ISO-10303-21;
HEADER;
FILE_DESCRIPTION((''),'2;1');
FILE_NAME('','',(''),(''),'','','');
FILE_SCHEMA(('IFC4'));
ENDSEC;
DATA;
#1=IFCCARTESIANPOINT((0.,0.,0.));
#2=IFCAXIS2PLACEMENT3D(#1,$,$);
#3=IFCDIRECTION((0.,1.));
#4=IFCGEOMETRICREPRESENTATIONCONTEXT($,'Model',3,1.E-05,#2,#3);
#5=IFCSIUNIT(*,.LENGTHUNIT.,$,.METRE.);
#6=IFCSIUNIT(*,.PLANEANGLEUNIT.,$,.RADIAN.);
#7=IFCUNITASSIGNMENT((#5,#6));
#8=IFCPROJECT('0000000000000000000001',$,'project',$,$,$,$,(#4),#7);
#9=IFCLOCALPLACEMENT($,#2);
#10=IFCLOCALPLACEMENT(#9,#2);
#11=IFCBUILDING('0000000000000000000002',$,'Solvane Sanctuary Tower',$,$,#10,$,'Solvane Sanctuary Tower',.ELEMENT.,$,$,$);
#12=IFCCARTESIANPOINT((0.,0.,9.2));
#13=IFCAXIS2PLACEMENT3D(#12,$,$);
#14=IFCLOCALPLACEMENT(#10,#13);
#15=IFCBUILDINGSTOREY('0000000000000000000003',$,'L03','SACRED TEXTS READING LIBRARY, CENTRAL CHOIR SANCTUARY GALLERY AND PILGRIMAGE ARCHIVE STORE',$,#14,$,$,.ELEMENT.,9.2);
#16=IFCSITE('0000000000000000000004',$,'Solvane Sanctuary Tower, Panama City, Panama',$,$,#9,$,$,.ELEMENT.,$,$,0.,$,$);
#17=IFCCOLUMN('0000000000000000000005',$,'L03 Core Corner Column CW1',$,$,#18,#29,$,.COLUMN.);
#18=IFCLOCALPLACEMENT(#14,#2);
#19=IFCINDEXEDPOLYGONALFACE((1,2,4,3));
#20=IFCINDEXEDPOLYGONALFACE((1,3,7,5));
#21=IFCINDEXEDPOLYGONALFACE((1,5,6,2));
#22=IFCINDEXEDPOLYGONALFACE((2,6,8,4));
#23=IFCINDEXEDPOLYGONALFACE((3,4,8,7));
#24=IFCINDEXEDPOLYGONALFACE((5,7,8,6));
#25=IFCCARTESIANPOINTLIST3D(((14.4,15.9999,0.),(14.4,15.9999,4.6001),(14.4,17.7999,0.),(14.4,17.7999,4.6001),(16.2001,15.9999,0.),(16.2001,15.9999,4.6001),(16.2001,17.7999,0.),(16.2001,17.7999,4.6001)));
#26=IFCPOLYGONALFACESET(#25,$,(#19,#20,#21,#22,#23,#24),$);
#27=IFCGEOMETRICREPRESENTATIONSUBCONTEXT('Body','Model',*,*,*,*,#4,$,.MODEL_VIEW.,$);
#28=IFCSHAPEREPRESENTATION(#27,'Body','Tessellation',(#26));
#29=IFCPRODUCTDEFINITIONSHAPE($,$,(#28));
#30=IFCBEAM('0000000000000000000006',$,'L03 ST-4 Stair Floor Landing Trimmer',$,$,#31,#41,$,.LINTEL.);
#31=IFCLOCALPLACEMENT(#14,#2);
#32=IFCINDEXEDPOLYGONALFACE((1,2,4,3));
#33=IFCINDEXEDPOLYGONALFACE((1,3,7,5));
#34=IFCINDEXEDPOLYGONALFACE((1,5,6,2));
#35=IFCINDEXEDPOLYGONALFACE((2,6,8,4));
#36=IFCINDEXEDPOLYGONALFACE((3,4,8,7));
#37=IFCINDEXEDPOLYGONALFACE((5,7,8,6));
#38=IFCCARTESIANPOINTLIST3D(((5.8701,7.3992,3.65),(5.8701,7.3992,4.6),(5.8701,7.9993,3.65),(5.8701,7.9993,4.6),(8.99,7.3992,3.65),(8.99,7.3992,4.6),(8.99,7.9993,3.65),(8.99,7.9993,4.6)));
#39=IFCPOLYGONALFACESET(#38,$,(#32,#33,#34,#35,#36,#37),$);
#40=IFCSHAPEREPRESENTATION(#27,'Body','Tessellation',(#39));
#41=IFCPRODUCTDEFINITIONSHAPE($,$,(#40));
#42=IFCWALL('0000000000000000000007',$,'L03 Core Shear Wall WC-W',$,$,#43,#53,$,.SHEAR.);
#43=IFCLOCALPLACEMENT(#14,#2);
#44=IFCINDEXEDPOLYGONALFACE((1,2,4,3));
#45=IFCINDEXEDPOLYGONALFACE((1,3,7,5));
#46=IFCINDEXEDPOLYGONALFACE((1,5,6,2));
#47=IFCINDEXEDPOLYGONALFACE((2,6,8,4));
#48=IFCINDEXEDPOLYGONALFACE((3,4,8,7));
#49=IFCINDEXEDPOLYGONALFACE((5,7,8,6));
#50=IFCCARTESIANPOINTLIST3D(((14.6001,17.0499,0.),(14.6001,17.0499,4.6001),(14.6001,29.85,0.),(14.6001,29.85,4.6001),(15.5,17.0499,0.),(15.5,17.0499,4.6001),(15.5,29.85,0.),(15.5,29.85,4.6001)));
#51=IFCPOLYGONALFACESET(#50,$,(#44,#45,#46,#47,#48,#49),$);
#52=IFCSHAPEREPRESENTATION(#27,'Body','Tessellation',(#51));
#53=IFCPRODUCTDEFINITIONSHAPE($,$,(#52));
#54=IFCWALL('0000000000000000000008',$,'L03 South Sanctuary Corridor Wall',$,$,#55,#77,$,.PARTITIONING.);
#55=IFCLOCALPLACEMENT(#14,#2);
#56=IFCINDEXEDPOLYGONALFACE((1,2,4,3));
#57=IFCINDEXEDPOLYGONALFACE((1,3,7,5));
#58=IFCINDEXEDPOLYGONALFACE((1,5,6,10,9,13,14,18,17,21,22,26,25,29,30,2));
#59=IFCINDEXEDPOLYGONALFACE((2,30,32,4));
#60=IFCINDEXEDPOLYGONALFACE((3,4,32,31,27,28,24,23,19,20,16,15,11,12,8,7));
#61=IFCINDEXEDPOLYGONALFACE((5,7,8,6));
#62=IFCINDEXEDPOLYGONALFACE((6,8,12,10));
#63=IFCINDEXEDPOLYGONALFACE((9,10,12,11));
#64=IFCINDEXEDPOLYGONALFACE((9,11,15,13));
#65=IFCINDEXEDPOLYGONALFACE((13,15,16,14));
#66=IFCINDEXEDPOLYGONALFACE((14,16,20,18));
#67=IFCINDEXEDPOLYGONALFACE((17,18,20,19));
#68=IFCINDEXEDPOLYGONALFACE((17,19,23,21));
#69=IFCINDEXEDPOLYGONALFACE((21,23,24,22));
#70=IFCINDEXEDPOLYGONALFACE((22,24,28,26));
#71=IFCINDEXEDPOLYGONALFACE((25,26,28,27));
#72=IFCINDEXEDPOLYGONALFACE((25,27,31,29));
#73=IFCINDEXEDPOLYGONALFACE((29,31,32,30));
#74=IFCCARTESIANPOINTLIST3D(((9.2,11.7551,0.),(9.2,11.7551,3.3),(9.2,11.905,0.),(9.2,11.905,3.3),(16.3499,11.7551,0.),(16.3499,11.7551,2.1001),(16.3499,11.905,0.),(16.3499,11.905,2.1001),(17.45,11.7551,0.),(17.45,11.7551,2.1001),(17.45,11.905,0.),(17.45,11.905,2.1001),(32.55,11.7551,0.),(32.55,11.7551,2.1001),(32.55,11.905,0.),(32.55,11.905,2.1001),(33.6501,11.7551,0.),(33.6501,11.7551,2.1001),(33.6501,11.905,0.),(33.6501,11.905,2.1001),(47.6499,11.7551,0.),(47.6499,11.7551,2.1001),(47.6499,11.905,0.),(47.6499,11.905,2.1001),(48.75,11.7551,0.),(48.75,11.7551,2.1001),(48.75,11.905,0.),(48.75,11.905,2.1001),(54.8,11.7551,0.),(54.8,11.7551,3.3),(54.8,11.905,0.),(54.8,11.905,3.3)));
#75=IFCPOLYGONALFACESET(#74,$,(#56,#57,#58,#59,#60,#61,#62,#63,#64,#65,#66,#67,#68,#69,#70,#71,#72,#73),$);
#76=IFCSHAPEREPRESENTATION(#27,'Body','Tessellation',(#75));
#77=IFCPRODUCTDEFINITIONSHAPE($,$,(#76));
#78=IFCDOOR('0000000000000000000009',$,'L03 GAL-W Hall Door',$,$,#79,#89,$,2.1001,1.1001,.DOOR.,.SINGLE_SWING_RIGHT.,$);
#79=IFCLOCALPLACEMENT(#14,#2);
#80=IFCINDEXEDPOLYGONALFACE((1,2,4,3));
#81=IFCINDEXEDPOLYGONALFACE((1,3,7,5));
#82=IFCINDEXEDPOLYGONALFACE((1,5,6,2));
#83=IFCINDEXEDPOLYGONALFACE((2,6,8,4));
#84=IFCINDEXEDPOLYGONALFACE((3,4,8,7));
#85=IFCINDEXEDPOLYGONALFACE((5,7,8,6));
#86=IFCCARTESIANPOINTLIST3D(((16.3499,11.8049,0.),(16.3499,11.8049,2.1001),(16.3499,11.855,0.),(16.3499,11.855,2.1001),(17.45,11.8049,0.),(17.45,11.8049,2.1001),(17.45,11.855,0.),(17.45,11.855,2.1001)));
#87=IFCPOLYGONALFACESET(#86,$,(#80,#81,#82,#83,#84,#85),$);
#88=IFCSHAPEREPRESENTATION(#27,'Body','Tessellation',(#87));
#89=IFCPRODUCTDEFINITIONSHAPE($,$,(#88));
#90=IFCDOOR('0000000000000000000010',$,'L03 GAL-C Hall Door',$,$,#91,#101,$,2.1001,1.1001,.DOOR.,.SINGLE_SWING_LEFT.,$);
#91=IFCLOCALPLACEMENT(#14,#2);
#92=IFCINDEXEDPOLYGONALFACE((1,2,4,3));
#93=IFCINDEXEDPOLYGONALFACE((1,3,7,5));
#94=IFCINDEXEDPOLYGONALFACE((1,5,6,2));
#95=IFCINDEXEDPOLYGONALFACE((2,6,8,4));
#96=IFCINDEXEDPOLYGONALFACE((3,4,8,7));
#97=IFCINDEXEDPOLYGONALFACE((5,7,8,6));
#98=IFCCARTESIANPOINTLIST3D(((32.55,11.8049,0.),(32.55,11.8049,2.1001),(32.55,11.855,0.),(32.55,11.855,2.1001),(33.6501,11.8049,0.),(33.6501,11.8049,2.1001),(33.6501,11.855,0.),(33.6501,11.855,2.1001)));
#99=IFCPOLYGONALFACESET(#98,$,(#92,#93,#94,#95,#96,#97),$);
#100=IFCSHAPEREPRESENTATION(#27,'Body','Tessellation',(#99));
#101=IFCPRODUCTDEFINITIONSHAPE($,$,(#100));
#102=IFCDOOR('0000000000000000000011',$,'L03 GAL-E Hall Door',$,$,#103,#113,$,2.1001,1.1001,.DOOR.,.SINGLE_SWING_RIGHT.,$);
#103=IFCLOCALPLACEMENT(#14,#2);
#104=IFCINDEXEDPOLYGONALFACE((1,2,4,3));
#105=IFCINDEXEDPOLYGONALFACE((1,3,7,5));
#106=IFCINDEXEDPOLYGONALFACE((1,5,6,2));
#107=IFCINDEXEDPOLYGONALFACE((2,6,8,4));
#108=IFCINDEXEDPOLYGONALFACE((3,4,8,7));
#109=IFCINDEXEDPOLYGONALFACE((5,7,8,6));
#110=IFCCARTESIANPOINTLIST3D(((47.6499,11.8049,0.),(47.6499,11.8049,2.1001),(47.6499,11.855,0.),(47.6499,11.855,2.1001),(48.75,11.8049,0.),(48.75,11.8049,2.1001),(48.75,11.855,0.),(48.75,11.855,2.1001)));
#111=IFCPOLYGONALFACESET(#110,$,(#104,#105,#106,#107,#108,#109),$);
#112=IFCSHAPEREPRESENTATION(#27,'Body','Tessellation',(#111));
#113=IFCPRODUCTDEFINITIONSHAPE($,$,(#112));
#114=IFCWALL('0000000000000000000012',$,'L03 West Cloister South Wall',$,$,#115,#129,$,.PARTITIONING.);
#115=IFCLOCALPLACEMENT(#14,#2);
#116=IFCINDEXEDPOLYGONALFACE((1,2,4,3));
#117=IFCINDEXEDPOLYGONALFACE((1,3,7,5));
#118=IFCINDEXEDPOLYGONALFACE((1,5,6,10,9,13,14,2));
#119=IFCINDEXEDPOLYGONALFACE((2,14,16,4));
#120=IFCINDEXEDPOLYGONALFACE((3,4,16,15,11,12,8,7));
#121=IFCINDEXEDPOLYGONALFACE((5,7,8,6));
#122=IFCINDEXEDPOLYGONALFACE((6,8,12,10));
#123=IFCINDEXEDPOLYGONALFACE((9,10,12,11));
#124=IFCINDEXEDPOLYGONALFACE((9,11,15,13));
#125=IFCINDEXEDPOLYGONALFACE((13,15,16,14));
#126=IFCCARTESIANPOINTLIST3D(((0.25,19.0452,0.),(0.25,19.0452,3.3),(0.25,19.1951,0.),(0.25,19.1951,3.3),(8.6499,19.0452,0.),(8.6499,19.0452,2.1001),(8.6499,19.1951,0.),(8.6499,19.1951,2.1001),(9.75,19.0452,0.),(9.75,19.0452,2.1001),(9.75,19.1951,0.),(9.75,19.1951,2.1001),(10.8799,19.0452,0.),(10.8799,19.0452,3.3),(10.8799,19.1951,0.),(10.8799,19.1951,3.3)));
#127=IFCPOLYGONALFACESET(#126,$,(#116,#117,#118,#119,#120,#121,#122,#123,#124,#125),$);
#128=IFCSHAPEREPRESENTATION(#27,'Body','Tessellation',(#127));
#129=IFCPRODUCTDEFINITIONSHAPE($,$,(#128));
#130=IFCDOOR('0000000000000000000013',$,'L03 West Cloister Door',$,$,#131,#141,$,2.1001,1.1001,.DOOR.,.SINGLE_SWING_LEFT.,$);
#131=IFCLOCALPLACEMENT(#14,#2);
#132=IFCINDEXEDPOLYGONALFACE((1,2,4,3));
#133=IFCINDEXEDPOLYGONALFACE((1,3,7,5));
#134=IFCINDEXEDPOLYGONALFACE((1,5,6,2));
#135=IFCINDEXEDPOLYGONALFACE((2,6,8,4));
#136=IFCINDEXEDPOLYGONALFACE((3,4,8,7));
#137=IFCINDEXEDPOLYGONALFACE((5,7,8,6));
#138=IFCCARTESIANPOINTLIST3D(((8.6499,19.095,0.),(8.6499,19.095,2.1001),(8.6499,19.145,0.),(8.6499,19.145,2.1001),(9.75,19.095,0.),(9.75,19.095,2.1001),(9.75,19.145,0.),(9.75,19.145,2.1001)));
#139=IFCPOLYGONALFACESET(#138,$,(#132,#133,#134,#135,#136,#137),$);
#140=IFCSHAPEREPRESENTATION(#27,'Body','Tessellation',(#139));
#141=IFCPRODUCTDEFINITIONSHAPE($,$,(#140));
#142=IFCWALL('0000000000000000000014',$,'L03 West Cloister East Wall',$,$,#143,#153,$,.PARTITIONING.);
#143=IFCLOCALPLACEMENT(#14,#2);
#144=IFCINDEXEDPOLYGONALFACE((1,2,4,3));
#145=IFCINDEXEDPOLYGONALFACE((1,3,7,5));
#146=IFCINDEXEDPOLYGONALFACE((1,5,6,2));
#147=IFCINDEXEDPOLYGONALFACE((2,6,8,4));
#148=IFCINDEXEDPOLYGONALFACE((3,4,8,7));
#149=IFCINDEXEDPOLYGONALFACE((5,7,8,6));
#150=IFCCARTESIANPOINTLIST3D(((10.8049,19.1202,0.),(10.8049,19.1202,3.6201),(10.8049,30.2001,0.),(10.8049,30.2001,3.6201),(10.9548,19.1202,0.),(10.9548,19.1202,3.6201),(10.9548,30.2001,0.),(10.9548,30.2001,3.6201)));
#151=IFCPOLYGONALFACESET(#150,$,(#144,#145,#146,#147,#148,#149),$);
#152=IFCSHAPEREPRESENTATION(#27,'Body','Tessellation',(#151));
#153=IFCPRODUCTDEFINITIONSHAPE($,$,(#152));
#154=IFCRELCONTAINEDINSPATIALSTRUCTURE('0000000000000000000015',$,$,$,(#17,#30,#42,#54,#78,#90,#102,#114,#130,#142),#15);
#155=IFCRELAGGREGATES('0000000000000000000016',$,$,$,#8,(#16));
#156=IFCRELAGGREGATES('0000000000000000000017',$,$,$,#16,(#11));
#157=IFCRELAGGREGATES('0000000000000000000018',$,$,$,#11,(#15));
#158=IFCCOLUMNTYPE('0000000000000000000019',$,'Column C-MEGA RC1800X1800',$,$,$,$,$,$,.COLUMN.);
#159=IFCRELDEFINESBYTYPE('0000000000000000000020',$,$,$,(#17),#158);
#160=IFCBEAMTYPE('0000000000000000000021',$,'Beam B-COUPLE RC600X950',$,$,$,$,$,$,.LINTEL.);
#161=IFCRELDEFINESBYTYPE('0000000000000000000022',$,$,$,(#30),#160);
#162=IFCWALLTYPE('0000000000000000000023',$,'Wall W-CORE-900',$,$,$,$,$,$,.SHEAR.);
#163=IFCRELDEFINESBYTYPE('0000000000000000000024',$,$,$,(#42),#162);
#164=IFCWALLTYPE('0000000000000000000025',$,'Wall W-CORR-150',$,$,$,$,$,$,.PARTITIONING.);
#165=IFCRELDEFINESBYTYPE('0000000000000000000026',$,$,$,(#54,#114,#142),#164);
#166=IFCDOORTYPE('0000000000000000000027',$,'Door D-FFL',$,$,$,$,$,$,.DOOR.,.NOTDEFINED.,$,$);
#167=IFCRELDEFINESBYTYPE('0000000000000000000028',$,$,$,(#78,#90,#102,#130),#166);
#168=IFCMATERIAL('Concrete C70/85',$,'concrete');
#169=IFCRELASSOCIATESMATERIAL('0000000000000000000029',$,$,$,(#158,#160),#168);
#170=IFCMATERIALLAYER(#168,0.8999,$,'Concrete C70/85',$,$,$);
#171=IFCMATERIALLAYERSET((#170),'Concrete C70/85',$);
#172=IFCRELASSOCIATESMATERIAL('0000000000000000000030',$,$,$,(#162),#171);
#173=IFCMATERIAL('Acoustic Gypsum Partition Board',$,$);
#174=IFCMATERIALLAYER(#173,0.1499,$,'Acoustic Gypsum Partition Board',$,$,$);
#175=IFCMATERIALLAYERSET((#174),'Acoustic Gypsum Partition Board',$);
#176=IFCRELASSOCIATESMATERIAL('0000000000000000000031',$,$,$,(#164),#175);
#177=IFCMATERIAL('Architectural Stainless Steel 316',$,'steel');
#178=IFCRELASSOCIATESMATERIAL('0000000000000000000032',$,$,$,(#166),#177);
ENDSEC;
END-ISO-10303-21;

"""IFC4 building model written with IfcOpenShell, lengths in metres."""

from ifc_helpers import new_model, si_unit, direction, frame, frame_2d, origin, origin_2d, place, context, subcontext, project, spatial, rectangle, extrude, material, layer, layer_set, material_profile, profile_set, type_object, element, fill, save


model = new_model("IFC4")

# Units and contexts
model_context = context("Model", 3, precision=1e-05, world=origin(), true_north=direction((0.0, 1.0)))
body_context = subcontext(model_context, "Body", "Model", "MODEL_VIEW")
ifc_project = project(units=[si_unit("LENGTHUNIT", "METRE"), si_unit("PLANEANGLEUNIT", "RADIAN")], contexts=[model_context])

# Site, building, storey
site_placement = place(None, origin())
site = spatial("IfcSite", under=ifc_project, at=site_placement, Name="Solvane Sanctuary Tower, Panama City, Panama", CompositionType="ELEMENT", RefElevation=0.0)
building_placement = place(site_placement, origin())
building = spatial("IfcBuilding", under=site, at=building_placement, Name="Solvane Sanctuary Tower", LongName="Solvane Sanctuary Tower", CompositionType="ELEMENT")
storey_placement = place(building_placement, frame((0.0, 0.0, 9.2)))
storey = spatial("IfcBuildingStorey", under=building, at=storey_placement, Name="L03", Description="SACRED TEXTS READING LIBRARY, CENTRAL CHOIR SANCTUARY GALLERY AND PILGRIMAGE ARCHIVE STORE", CompositionType="ELEMENT", Elevation=9.2)

# Column
ifc_material_1 = material(Name="Concrete C70/85", Category="concrete")
ifc_material_profile_1 = material_profile(ifc_material_1, rectangle(XDim=1.8, YDim=1.8, at=origin_2d()), Name="RC1800X1800")
ifc_profile_set_1 = profile_set([ifc_material_profile_1], Name="Concrete C70/85")
column_type = type_object("IfcColumnType", Name="Column C-MEGA RC1800X1800", PredefinedType="COLUMN", material=ifc_profile_set_1)
column_placement = place(storey_placement, frame((15.3, 16.8999, 0.0), z_axis=(0.0, 0.0, 1.0), x_axis=(1.0, 0.0, 0.0)))
element("IfcColumn", 1, at=column_placement, inside=storey, type_object=column_type, Name="L03 Core Corner Column CW1", PredefinedType="COLUMN", context=body_context, shape_type="SweptSolid", body=[
    extrude(rectangle(XDim=1.8, YDim=1.8, at=origin_2d()), origin(), (0.0, 0.0, 1.0), 4.6001),
])

# Beam
ifc_material_profile_2 = material_profile(ifc_material_1, rectangle(XDim=0.6001, YDim=0.95, at=origin_2d()), Name="RC600X950")
ifc_profile_set_2 = profile_set([ifc_material_profile_2], Name="Concrete C70/85")
beam_type = type_object("IfcBeamType", Name="Beam B-COUPLE RC600X950", PredefinedType="LINTEL", material=ifc_profile_set_2)
beam_placement = place(storey_placement, frame((5.8701, 7.6992, 4.125), z_axis=(1.0, 0.0, 0.0), x_axis=(0.0, 1.0, 0.0)))
element("IfcBeam", 2, at=beam_placement, inside=storey, type_object=beam_type, Name="L03 ST-4 Stair Floor Landing Trimmer", PredefinedType="LINTEL", context=body_context, shape_type="SweptSolid", body=[
    extrude(rectangle(XDim=0.6001, YDim=0.95, at=origin_2d()), origin(), (0.0, 0.0, 1.0), 3.1199),
])

# Wall
ifc_layer_1 = layer(ifc_material_1, 0.8999, Name="Concrete C70/85")
ifc_layer_set_1 = layer_set([ifc_layer_1], Name="Concrete C70/85")
wall_type_1 = type_object("IfcWallType", Name="Wall W-CORE-900", PredefinedType="SHEAR", material=ifc_layer_set_1)
wall_1_placement = place(storey_placement, frame((15.05, 17.05, 0.0), z_axis=(0.0, 0.0, 1.0), x_axis=(0.0, 1.0, 0.0)))
element("IfcWall", 3, at=wall_1_placement, inside=storey, type_object=wall_type_1, Name="L03 Core Shear Wall WC-W", PredefinedType="SHEAR", context=body_context, shape_type="SweptSolid", body=[
    extrude(rectangle(XDim=12.8, YDim=0.8999, at=frame_2d((6.3999, 0.0))), origin(), (0.0, 0.0, 1.0), 4.6001),
])

# Wall, openings, doors
ifc_material_2 = material(Name="Acoustic Gypsum Partition Board")
ifc_layer_2 = layer(ifc_material_2, 0.1499, Name="Acoustic Gypsum Partition Board")
ifc_layer_set_2 = layer_set([ifc_layer_2], Name="Acoustic Gypsum Partition Board")
wall_type_2 = type_object("IfcWallType", Name="Wall W-CORR-150", PredefinedType="PARTITIONING", material=ifc_layer_set_2)
wall_2_placement = place(storey_placement, frame((9.2, 11.8301, 0.0), z_axis=(0.0, 0.0, 1.0), x_axis=(1.0, 0.0, 0.0)))
wall_2 = element("IfcWall", 4, at=wall_2_placement, inside=storey, type_object=wall_type_2, Name="L03 South Sanctuary Corridor Wall", PredefinedType="PARTITIONING", context=body_context, shape_type="SweptSolid", body=[
    extrude(rectangle(XDim=45.6001, YDim=0.1499, at=frame_2d((22.8, 0.0))), origin(), (0.0, 0.0, 1.0), 3.3),
])
opening_1_placement = place(wall_2_placement, frame((7.1499, 0.0, 0.0)))
opening_1 = element("IfcOpeningElement", 5, at=opening_1_placement, cuts=wall_2, PredefinedType="OPENING", context=body_context, shape_type="SweptSolid", body=[
    extrude(rectangle(XDim=1.1001, YDim=2.1001, at=frame_2d((0.55, 1.05))), frame((0.0, 0.085, 0.0), z_axis=(0.0, -1.0, 0.0), x_axis=(1.0, 0.0, 0.0)), (0.0, 0.0, 1.0), 0.1699),
])
opening_2_placement = place(wall_2_placement, frame((23.3501, 0.0, 0.0)))
opening_2 = element("IfcOpeningElement", 6, at=opening_2_placement, cuts=wall_2, PredefinedType="OPENING", context=body_context, shape_type="SweptSolid", body=[
    extrude(rectangle(XDim=1.1001, YDim=2.1001, at=frame_2d((0.55, 1.05))), frame((0.0, 0.085, 0.0), z_axis=(0.0, -1.0, 0.0), x_axis=(1.0, 0.0, 0.0)), (0.0, 0.0, 1.0), 0.1699),
])
opening_3_placement = place(wall_2_placement, frame((38.45, 0.0, 0.0)))
opening_3 = element("IfcOpeningElement", 7, at=opening_3_placement, cuts=wall_2, PredefinedType="OPENING", context=body_context, shape_type="SweptSolid", body=[
    extrude(rectangle(XDim=1.1001, YDim=2.1001, at=frame_2d((0.55, 1.05))), frame((0.0, 0.085, 0.0), z_axis=(0.0, -1.0, 0.0), x_axis=(1.0, 0.0, 0.0)), (0.0, 0.0, 1.0), 0.1699),
])
ifc_material_3 = material(Name="Architectural Stainless Steel 316", Category="steel")
door_type_1 = type_object("IfcDoorType", Name="Door D-FFL", OperationType="NOTDEFINED", PredefinedType="DOOR", material=ifc_material_3)
door_1_placement = place(opening_1_placement, origin())
door_1 = element("IfcDoor", 8, at=door_1_placement, inside=storey, type_object=door_type_1, Name="L03 GAL-W Hall Door", OperationType="SINGLE_SWING_RIGHT", OverallHeight=2.1001, OverallWidth=1.1001, PredefinedType="DOOR", context=body_context, shape_type="SweptSolid", body=[
    extrude(rectangle(XDim=1.1001, YDim=2.1001, at=frame_2d((0.55, 1.05))), frame((0.0, 0.0249, 0.0), z_axis=(0.0, -1.0, 0.0), x_axis=(1.0, 0.0, 0.0)), (0.0, 0.0, 1.0), 0.05),
])
fill(opening_1, door_1)
door_2_placement = place(opening_2_placement, origin())
door_2 = element("IfcDoor", 9, at=door_2_placement, inside=storey, type_object=door_type_1, Name="L03 GAL-C Hall Door", OperationType="SINGLE_SWING_LEFT", OverallHeight=2.1001, OverallWidth=1.1001, PredefinedType="DOOR", context=body_context, shape_type="SweptSolid", body=[
    extrude(rectangle(XDim=1.1001, YDim=2.1001, at=frame_2d((0.55, 1.05))), frame((0.0, 0.0249, 0.0), z_axis=(0.0, -1.0, 0.0), x_axis=(1.0, 0.0, 0.0)), (0.0, 0.0, 1.0), 0.05),
])
fill(opening_2, door_2)
door_3_placement = place(opening_3_placement, origin())
door_3 = element("IfcDoor", 10, at=door_3_placement, inside=storey, type_object=door_type_1, Name="L03 GAL-E Hall Door", OperationType="SINGLE_SWING_RIGHT", OverallHeight=2.1001, OverallWidth=1.1001, PredefinedType="DOOR", context=body_context, shape_type="SweptSolid", body=[
    extrude(rectangle(XDim=1.1001, YDim=2.1001, at=frame_2d((0.55, 1.05))), frame((0.0, 0.0249, 0.0), z_axis=(0.0, -1.0, 0.0), x_axis=(1.0, 0.0, 0.0)), (0.0, 0.0, 1.0), 0.05),
])
fill(opening_3, door_3)

# Wall, opening, door
wall_3_placement = place(storey_placement, frame((0.25, 19.1201, 0.0), z_axis=(0.0, 0.0, 1.0), x_axis=(1.0, 0.0, 0.0)))
wall_3 = element("IfcWall", 11, at=wall_3_placement, inside=storey, type_object=wall_type_2, Name="L03 West Cloister South Wall", PredefinedType="PARTITIONING", context=body_context, shape_type="SweptSolid", body=[
    extrude(rectangle(XDim=10.6299, YDim=0.1499, at=frame_2d((5.3149, 0.0))), origin(), (0.0, 0.0, 1.0), 3.3),
])
opening_4_placement = place(wall_3_placement, frame((8.3999, 0.0, 0.0)))
opening_4 = element("IfcOpeningElement", 12, at=opening_4_placement, cuts=wall_3, PredefinedType="OPENING", context=body_context, shape_type="SweptSolid", body=[
    extrude(rectangle(XDim=1.1001, YDim=2.1001, at=frame_2d((0.55, 1.05))), frame((0.0, 0.085, 0.0), z_axis=(0.0, -1.0, 0.0), x_axis=(1.0, 0.0, 0.0)), (0.0, 0.0, 1.0), 0.1699),
])
door_4_placement = place(opening_4_placement, origin())
door_4 = element("IfcDoor", 13, at=door_4_placement, inside=storey, type_object=door_type_1, Name="L03 West Cloister Door", OperationType="SINGLE_SWING_LEFT", OverallHeight=2.1001, OverallWidth=1.1001, PredefinedType="DOOR", context=body_context, shape_type="SweptSolid", body=[
    extrude(rectangle(XDim=1.1001, YDim=2.1001, at=frame_2d((0.55, 1.05))), frame((0.0, 0.0249, 0.0), z_axis=(0.0, -1.0, 0.0), x_axis=(1.0, 0.0, 0.0)), (0.0, 0.0, 1.0), 0.05),
])
fill(opening_4, door_4)

# Wall
wall_4_placement = place(storey_placement, frame((10.8799, 19.1201, 0.0), z_axis=(0.0, 0.0, 1.0), x_axis=(0.0, 1.0, 0.0)))
element("IfcWall", 14, at=wall_4_placement, inside=storey, type_object=wall_type_2, Name="L03 West Cloister East Wall", PredefinedType="PARTITIONING", context=body_context, shape_type="SweptSolid", body=[
    extrude(rectangle(XDim=11.0798, YDim=0.1499, at=frame_2d((5.54, 0.0))), origin(), (0.0, 0.0, 1.0), 3.6201),
])

save(model, "model.ifc")
